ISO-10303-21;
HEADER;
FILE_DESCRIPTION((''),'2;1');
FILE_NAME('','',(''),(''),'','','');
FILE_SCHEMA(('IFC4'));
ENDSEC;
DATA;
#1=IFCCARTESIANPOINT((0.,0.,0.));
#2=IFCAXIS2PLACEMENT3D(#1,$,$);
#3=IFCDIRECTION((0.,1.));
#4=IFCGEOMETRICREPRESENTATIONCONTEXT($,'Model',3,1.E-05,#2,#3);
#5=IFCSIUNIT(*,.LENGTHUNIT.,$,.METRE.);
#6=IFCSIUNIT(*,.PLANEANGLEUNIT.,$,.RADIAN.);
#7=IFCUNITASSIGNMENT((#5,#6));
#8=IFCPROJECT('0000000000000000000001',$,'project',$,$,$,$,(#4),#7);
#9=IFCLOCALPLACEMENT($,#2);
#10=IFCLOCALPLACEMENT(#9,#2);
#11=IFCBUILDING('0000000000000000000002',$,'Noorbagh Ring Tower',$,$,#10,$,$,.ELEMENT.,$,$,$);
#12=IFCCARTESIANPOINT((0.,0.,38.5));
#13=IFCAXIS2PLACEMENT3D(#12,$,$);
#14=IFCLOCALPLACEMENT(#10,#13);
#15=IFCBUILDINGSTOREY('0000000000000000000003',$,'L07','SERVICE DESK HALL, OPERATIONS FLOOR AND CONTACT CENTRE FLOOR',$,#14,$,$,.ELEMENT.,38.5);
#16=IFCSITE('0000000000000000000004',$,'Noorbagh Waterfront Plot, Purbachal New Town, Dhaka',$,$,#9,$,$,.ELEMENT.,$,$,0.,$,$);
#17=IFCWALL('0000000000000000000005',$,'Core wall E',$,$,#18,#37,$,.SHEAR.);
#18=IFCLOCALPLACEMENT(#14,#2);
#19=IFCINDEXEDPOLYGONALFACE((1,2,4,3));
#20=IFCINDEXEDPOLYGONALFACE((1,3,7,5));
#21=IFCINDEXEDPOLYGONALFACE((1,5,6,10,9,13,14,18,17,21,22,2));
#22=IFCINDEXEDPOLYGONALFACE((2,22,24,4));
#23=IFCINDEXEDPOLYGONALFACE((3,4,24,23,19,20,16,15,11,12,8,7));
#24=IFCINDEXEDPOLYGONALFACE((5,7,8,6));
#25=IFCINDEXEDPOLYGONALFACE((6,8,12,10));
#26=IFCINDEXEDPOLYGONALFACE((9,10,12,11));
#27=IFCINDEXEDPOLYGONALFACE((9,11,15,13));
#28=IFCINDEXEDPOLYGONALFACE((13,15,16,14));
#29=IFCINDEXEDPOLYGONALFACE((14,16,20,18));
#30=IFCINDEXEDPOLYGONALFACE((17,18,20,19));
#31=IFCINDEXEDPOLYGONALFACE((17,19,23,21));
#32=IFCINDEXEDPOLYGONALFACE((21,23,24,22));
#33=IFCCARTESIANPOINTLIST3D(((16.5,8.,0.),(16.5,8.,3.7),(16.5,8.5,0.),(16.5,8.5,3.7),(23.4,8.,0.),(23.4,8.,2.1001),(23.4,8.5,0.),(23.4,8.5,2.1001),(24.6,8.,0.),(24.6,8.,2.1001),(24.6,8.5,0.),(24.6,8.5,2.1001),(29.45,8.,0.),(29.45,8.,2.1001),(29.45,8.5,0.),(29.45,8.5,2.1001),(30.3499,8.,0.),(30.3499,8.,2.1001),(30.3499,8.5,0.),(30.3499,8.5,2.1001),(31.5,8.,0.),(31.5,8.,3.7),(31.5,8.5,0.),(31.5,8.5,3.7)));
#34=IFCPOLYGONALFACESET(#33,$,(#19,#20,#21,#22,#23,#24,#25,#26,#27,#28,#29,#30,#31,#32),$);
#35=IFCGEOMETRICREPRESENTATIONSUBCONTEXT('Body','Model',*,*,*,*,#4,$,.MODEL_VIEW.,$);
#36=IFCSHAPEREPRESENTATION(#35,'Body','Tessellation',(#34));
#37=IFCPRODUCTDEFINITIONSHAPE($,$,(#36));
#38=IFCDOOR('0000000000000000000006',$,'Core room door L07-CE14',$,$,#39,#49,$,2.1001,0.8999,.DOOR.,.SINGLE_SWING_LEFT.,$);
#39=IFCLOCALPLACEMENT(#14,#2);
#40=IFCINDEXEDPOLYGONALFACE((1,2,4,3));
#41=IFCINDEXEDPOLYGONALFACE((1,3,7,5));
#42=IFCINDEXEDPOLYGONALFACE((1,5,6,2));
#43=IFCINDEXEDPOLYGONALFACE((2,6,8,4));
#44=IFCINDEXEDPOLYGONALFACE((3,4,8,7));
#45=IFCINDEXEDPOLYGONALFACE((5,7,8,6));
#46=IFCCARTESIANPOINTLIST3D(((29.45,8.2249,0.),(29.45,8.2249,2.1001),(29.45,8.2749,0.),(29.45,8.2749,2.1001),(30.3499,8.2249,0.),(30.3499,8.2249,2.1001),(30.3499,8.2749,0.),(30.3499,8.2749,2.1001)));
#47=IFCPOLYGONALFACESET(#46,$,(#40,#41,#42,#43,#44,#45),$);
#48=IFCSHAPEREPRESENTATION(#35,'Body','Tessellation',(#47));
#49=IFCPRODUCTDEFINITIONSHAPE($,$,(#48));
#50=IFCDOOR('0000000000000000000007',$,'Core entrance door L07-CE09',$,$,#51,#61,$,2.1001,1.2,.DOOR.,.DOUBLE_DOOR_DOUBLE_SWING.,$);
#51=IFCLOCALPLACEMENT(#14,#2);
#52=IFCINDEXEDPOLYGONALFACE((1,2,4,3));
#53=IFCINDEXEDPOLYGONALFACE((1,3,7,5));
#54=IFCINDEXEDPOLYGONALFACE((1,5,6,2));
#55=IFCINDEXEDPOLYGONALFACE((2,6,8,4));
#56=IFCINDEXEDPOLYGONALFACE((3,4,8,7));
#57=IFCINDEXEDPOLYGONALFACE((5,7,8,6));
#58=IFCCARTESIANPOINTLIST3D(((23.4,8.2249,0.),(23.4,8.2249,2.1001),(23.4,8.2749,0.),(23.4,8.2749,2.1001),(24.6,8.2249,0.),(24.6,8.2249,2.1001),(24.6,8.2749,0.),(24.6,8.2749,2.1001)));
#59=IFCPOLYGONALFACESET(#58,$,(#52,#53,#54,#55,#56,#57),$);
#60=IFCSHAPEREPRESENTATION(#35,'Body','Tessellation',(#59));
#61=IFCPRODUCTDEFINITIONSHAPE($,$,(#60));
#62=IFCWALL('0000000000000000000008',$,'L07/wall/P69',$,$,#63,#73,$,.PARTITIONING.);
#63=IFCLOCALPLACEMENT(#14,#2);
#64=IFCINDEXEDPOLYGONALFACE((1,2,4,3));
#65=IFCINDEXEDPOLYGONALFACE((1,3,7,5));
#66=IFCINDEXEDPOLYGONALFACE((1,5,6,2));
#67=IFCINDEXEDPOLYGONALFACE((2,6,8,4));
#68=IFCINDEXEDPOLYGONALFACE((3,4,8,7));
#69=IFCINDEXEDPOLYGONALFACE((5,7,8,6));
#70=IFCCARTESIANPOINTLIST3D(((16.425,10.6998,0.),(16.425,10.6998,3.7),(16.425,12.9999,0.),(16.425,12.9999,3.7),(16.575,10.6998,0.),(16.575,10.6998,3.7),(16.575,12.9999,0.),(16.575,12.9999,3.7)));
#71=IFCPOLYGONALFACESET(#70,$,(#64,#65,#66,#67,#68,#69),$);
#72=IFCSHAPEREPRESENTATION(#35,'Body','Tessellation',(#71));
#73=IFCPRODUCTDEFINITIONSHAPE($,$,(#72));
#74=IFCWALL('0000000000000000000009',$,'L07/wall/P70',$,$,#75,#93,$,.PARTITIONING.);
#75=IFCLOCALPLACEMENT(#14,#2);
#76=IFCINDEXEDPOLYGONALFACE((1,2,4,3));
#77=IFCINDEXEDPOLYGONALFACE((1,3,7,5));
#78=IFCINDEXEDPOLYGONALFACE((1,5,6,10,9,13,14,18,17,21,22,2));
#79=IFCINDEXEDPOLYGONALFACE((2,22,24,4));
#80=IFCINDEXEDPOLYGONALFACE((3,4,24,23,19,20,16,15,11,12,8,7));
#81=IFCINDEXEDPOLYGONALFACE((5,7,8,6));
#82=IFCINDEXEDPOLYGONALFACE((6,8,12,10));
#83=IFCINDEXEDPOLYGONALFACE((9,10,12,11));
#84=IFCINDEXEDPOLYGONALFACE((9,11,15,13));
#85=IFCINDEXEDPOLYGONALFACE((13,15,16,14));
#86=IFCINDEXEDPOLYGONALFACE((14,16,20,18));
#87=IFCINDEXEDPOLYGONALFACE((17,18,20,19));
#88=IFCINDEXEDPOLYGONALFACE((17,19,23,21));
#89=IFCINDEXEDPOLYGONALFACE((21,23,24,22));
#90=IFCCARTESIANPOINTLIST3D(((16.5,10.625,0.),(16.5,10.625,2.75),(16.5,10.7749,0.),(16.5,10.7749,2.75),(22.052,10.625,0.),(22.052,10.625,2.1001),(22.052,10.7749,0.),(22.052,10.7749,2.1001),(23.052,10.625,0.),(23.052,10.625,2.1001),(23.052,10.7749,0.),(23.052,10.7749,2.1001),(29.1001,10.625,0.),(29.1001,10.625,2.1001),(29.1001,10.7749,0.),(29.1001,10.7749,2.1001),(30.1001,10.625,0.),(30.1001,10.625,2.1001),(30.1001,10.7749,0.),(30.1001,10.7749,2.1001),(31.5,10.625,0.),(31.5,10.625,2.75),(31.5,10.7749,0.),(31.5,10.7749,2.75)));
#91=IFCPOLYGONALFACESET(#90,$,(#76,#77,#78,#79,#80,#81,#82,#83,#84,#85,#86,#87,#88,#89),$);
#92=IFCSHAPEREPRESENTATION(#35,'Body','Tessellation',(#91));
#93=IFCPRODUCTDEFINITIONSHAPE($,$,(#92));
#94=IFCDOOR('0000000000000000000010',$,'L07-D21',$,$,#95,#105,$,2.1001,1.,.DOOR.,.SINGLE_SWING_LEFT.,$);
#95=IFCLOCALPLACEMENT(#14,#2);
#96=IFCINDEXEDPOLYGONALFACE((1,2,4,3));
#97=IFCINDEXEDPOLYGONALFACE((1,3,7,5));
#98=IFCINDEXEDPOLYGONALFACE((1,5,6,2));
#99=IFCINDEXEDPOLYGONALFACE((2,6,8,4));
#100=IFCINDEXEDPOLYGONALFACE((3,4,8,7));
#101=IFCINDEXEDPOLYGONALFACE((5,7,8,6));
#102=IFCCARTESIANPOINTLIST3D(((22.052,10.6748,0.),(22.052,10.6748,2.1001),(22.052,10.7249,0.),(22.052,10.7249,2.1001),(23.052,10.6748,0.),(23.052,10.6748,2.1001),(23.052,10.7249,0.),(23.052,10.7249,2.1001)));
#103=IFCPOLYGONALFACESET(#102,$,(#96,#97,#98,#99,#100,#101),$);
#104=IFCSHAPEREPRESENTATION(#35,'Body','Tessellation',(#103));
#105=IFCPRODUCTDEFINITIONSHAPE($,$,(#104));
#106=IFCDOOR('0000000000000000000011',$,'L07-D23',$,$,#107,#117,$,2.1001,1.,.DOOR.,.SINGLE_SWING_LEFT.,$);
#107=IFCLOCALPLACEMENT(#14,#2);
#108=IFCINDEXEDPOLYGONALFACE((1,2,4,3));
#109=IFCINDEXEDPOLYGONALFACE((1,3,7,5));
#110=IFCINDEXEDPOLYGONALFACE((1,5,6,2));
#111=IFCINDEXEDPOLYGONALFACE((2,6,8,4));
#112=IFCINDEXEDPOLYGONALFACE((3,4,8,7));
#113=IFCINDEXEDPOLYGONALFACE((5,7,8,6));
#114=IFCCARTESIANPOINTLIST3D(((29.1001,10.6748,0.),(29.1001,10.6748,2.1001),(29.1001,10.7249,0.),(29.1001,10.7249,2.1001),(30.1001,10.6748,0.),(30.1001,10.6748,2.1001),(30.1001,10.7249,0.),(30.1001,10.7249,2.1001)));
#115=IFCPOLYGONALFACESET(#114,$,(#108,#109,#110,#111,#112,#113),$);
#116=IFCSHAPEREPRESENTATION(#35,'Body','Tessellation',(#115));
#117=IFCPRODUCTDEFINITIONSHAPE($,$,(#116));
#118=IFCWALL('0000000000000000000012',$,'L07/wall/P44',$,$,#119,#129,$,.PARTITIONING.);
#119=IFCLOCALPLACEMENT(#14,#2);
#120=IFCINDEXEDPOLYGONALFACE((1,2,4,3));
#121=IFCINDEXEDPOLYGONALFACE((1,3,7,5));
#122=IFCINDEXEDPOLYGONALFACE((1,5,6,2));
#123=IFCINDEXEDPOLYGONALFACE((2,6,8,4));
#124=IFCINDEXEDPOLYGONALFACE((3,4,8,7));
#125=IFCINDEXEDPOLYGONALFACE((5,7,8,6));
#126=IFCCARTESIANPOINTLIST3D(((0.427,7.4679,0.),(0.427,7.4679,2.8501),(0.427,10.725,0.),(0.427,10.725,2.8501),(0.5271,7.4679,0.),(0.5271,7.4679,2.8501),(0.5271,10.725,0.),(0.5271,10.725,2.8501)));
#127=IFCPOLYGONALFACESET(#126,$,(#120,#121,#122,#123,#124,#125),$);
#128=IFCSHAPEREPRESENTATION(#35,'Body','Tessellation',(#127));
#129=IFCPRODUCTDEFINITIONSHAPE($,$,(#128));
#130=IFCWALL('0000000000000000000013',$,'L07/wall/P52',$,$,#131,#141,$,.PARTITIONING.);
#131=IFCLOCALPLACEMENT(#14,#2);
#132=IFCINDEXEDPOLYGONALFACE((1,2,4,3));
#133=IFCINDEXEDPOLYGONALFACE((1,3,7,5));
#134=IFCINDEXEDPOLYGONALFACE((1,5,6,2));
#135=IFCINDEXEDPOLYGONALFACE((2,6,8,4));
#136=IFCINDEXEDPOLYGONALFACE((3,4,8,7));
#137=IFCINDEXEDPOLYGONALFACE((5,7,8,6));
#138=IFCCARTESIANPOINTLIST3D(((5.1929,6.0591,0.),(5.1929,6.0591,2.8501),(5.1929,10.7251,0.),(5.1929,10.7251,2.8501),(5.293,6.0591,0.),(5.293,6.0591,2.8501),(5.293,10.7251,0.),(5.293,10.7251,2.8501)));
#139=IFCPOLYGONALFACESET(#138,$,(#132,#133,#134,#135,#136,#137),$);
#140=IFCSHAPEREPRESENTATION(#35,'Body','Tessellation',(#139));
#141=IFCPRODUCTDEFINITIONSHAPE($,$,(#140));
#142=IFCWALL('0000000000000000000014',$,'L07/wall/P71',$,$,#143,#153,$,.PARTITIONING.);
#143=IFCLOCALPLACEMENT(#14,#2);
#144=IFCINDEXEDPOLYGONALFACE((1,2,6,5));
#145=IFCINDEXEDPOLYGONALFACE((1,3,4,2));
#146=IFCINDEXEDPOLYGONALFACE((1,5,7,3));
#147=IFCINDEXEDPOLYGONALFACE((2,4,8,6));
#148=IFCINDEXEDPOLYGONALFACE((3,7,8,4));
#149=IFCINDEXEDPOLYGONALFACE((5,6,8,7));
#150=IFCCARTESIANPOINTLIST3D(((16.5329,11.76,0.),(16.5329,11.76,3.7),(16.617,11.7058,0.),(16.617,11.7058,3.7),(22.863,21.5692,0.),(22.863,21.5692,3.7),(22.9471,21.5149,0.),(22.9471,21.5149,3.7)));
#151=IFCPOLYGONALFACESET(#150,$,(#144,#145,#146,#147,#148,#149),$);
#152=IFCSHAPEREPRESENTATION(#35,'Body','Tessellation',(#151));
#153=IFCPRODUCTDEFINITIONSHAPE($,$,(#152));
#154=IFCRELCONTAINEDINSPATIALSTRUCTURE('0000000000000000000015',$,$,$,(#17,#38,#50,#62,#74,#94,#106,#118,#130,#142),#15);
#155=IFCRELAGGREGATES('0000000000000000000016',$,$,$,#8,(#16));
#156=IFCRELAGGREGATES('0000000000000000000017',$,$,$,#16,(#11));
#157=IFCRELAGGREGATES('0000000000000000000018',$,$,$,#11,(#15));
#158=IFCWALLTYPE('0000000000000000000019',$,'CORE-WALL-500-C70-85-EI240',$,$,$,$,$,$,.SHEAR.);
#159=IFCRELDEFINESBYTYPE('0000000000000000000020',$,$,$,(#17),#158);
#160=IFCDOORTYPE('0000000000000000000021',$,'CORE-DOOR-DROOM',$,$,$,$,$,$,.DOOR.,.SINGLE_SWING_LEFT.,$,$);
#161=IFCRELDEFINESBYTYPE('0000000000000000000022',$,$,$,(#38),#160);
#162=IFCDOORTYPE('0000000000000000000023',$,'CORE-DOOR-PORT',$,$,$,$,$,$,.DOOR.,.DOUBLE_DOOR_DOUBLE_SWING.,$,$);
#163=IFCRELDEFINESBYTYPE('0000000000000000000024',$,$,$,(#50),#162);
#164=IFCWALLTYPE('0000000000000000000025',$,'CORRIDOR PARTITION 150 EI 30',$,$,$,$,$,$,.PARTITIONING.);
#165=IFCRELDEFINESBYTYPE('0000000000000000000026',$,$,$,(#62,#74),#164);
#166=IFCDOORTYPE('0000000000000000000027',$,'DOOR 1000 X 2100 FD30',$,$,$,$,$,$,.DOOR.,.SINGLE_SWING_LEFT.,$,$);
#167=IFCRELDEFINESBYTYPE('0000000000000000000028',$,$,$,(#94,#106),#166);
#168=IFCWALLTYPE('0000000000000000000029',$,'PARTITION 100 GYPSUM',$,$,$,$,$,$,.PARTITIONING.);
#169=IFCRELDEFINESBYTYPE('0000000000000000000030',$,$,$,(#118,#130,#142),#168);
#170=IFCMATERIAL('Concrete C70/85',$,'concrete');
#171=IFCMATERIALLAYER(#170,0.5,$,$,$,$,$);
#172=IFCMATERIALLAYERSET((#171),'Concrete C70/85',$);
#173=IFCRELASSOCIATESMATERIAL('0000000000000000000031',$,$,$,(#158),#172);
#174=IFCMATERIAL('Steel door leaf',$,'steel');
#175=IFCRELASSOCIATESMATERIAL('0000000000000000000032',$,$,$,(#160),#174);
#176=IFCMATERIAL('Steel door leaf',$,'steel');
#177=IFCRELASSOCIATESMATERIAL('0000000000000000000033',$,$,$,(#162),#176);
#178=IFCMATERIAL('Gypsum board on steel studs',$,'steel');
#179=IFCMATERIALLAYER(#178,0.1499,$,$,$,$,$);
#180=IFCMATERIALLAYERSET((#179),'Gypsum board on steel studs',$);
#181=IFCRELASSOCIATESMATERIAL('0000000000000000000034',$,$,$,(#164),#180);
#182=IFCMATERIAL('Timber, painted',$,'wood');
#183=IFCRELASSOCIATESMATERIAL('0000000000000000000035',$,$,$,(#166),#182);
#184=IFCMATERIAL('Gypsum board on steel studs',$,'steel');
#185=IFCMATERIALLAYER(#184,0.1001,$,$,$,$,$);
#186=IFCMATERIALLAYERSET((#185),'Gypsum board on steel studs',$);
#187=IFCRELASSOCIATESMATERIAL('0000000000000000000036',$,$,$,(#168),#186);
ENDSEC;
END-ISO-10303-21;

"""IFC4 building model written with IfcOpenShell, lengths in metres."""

from ifc_helpers import new_model, si_unit, direction, frame, frame_2d, origin, place, context, subcontext, project, spatial, rectangle, extrude, material, layer, layer_set, type_object, element, fill, save


model = new_model("IFC4")

# Units and contexts
model_context = context("Model", 3, precision=1e-05, world=origin(), true_north=direction((0.0, 1.0)))
body_context = subcontext(model_context, "Body", "Model", "MODEL_VIEW")
ifc_project = project(units=[si_unit("LENGTHUNIT", "METRE"), si_unit("PLANEANGLEUNIT", "RADIAN")], contexts=[model_context])

# Site, building, storey
site_placement = place(None, origin())
site = spatial("IfcSite", under=ifc_project, at=site_placement, Name="Noorbagh Waterfront Plot, Purbachal New Town, Dhaka", CompositionType="ELEMENT", RefElevation=0.0)
building_placement = place(site_placement, origin())
building = spatial("IfcBuilding", under=site, at=building_placement, Name="Noorbagh Ring Tower", CompositionType="ELEMENT")
storey_placement = place(building_placement, frame((0.0, 0.0, 38.5)))
storey = spatial("IfcBuildingStorey", under=building, at=storey_placement, Name="L07", Description="SERVICE DESK HALL, OPERATIONS FLOOR AND CONTACT CENTRE FLOOR", CompositionType="ELEMENT", Elevation=38.5)

# Wall, openings, doors
ifc_material_1 = material(Name="Concrete C70/85", Category="concrete")
ifc_layer_1 = layer(ifc_material_1, 0.5)
ifc_layer_set_1 = layer_set([ifc_layer_1], Name="Concrete C70/85")
wall_type_1 = type_object("IfcWallType", Name="CORE-WALL-500-C70-85-EI240", PredefinedType="SHEAR", material=ifc_layer_set_1)
wall_1_placement = place(storey_placement, frame((16.5, 8.25, 0.0), z_axis=(0.0, 0.0, 1.0), x_axis=(1.0, 0.0, 0.0)))
wall_1 = element("IfcWall", 1, at=wall_1_placement, inside=storey, type_object=wall_type_1, Name="Core wall E", PredefinedType="SHEAR", context=body_context, shape_type="SweptSolid", body=[
    extrude(rectangle(XDim=15.0, YDim=0.5, at=frame_2d((7.5, 0.0))), origin(), (0.0, 0.0, 1.0), 3.7),
])
opening_1_placement = place(wall_1_placement, frame((6.8999, 0.0, 0.0)))
opening_1 = element("IfcOpeningElement", 2, at=opening_1_placement, cuts=wall_1, PredefinedType="OPENING", context=body_context, shape_type="SweptSolid", body=[
    extrude(rectangle(XDim=1.2, YDim=2.1001, at=frame_2d((0.6001, 1.05))), frame((0.0, 0.26, 0.0), z_axis=(0.0, -1.0, 0.0), x_axis=(1.0, 0.0, 0.0)), (0.0, 0.0, 1.0), 0.52),
])
opening_2_placement = place(wall_1_placement, frame((12.95, 0.0, 0.0)))
opening_2 = element("IfcOpeningElement", 3, at=opening_2_placement, cuts=wall_1, PredefinedType="OPENING", context=body_context, shape_type="SweptSolid", body=[
    extrude(rectangle(XDim=0.8999, YDim=2.1001, at=frame_2d((0.45, 1.05))), frame((0.0, 0.26, 0.0), z_axis=(0.0, -1.0, 0.0), x_axis=(1.0, 0.0, 0.0)), (0.0, 0.0, 1.0), 0.52),
])
ifc_material_2 = material(Name="Steel door leaf", Category="steel")
door_type_1 = type_object("IfcDoorType", Name="CORE-DOOR-DROOM", OperationType="SINGLE_SWING_LEFT", PredefinedType="DOOR", material=ifc_material_2)
door_1_placement = place(opening_2_placement, origin())
door_1 = element("IfcDoor", 4, at=door_1_placement, inside=storey, type_object=door_type_1, Name="Core room door L07-CE14", OperationType="SINGLE_SWING_LEFT", OverallHeight=2.1001, OverallWidth=0.8999, PredefinedType="DOOR", context=body_context, shape_type="SweptSolid", body=[
    extrude(rectangle(XDim=0.8999, YDim=2.1001, at=frame_2d((0.45, 1.05))), frame((0.0, 0.0249, 0.0), z_axis=(0.0, -1.0, 0.0), x_axis=(1.0, 0.0, 0.0)), (0.0, 0.0, 1.0), 0.05),
])
fill(opening_2, door_1)
ifc_material_3 = material(Name="Steel door leaf", Category="steel")
door_type_2 = type_object("IfcDoorType", Name="CORE-DOOR-PORT", OperationType="DOUBLE_DOOR_DOUBLE_SWING", PredefinedType="DOOR", material=ifc_material_3)
door_2_placement = place(opening_1_placement, origin())
door_2 = element("IfcDoor", 5, at=door_2_placement, inside=storey, type_object=door_type_2, Name="Core entrance door L07-CE09", OperationType="DOUBLE_DOOR_DOUBLE_SWING", OverallHeight=2.1001, OverallWidth=1.2, PredefinedType="DOOR", context=body_context, shape_type="SweptSolid", body=[
    extrude(rectangle(XDim=1.2, YDim=2.1001, at=frame_2d((0.6001, 1.05))), frame((0.0, 0.0249, 0.0), z_axis=(0.0, -1.0, 0.0), x_axis=(1.0, 0.0, 0.0)), (0.0, 0.0, 1.0), 0.05),
])
fill(opening_1, door_2)

# Wall
ifc_material_4 = material(Name="Gypsum board on steel studs", Category="steel")
ifc_layer_2 = layer(ifc_material_4, 0.1499)
ifc_layer_set_2 = layer_set([ifc_layer_2], Name="Gypsum board on steel studs")
wall_type_2 = type_object("IfcWallType", Name="CORRIDOR PARTITION 150 EI 30", PredefinedType="PARTITIONING", material=ifc_layer_set_2)
wall_2_placement = place(storey_placement, frame((16.5, 10.7, 0.0), z_axis=(0.0, 0.0, 1.0), x_axis=(0.0, 1.0, 0.0)))
element("IfcWall", 6, at=wall_2_placement, inside=storey, type_object=wall_type_2, Name="L07/wall/P69", PredefinedType="PARTITIONING", context=body_context, shape_type="SweptSolid", body=[
    extrude(rectangle(XDim=2.3, YDim=0.1499, at=frame_2d((1.1499, 0.0))), origin(), (0.0, 0.0, 1.0), 3.7),
])

# Wall, openings, doors
wall_3_placement = place(storey_placement, frame((16.5, 10.7, 0.0), z_axis=(0.0, 0.0, 1.0), x_axis=(1.0, 0.0, 0.0)))
wall_3 = element("IfcWall", 7, at=wall_3_placement, inside=storey, type_object=wall_type_2, Name="L07/wall/P70", PredefinedType="PARTITIONING", context=body_context, shape_type="SweptSolid", body=[
    extrude(rectangle(XDim=15.0, YDim=0.1499, at=frame_2d((7.5, 0.0))), origin(), (0.0, 0.0, 1.0), 2.75),
])
opening_3_placement = place(wall_3_placement, frame((5.552, 0.0, 0.0)))
opening_3 = element("IfcOpeningElement", 8, at=opening_3_placement, cuts=wall_3, PredefinedType="OPENING", context=body_context, shape_type="SweptSolid", body=[
    extrude(rectangle(XDim=1.0, YDim=2.1001, at=frame_2d((0.5, 1.05))), frame((0.0, 0.085, 0.0), z_axis=(0.0, -1.0, 0.0), x_axis=(1.0, 0.0, 0.0)), (0.0, 0.0, 1.0), 0.1699),
])
opening_4_placement = place(wall_3_placement, frame((12.6001, 0.0, 0.0)))
opening_4 = element("IfcOpeningElement", 9, at=opening_4_placement, cuts=wall_3, PredefinedType="OPENING", context=body_context, shape_type="SweptSolid", body=[
    extrude(rectangle(XDim=1.0, YDim=2.1001, at=frame_2d((0.5, 1.05))), frame((0.0, 0.085, 0.0), z_axis=(0.0, -1.0, 0.0), x_axis=(1.0, 0.0, 0.0)), (0.0, 0.0, 1.0), 0.1699),
])
ifc_material_5 = material(Name="Timber, painted", Category="wood")
door_type_3 = type_object("IfcDoorType", Name="DOOR 1000 X 2100 FD30", OperationType="SINGLE_SWING_LEFT", PredefinedType="DOOR", material=ifc_material_5)
door_3_placement = place(opening_3_placement, origin())
door_3 = element("IfcDoor", 10, at=door_3_placement, inside=storey, type_object=door_type_3, Name="L07-D21", OperationType="SINGLE_SWING_LEFT", OverallHeight=2.1001, OverallWidth=1.0, PredefinedType="DOOR", context=body_context, shape_type="SweptSolid", body=[
    extrude(rectangle(XDim=1.0, YDim=2.1001, at=frame_2d((0.5, 1.05))), frame((0.0, 0.0249, 0.0), z_axis=(0.0, -1.0, 0.0), x_axis=(1.0, 0.0, 0.0)), (0.0, 0.0, 1.0), 0.05),
])
fill(opening_3, door_3)
door_4_placement = place(opening_4_placement, origin())
door_4 = element("IfcDoor", 11, at=door_4_placement, inside=storey, type_object=door_type_3, Name="L07-D23", OperationType="SINGLE_SWING_LEFT", OverallHeight=2.1001, OverallWidth=1.0, PredefinedType="DOOR", context=body_context, shape_type="SweptSolid", body=[
    extrude(rectangle(XDim=1.0, YDim=2.1001, at=frame_2d((0.5, 1.05))), frame((0.0, 0.0249, 0.0), z_axis=(0.0, -1.0, 0.0), x_axis=(1.0, 0.0, 0.0)), (0.0, 0.0, 1.0), 0.05),
])
fill(opening_4, door_4)

# Walls
ifc_material_6 = material(Name="Gypsum board on steel studs", Category="steel")
ifc_layer_3 = layer(ifc_material_6, 0.1001)
ifc_layer_set_3 = layer_set([ifc_layer_3], Name="Gypsum board on steel studs")
wall_type_3 = type_object("IfcWallType", Name="PARTITION 100 GYPSUM", PredefinedType="PARTITIONING", material=ifc_layer_set_3)
wall_4_placement = place(storey_placement, frame((0.4771, 7.468, 0.0), z_axis=(0.0, 0.0, 1.0), x_axis=(0.0, 1.0, 0.0)))
element("IfcWall", 12, at=wall_4_placement, inside=storey, type_object=wall_type_3, Name="L07/wall/P44", PredefinedType="PARTITIONING", context=body_context, shape_type="SweptSolid", body=[
    extrude(rectangle(XDim=3.2571, YDim=0.1001, at=frame_2d((1.6284, 0.0))), origin(), (0.0, 0.0, 1.0), 2.8501),
])
wall_5_placement = place(storey_placement, frame((5.2429, 6.0591, 0.0), z_axis=(0.0, 0.0, 1.0), x_axis=(0.0, 1.0, 0.0)))
element("IfcWall", 13, at=wall_5_placement, inside=storey, type_object=wall_type_3, Name="L07/wall/P52", PredefinedType="PARTITIONING", context=body_context, shape_type="SweptSolid", body=[
    extrude(rectangle(XDim=4.666, YDim=0.1001, at=frame_2d((2.333, 0.0))), origin(), (0.0, 0.0, 1.0), 2.8501),
])
wall_6_placement = place(storey_placement, frame((16.575, 11.7329, 0.0), z_axis=(0.0, 0.0, 1.0), x_axis=(0.542226, 0.840233, 0.0)))
element("IfcWall", 14, at=wall_6_placement, inside=storey, type_object=wall_type_3, Name="L07/wall/P71", PredefinedType="PARTITIONING", context=body_context, shape_type="SweptSolid", body=[
    extrude(rectangle(XDim=11.6743, YDim=0.1001, at=frame_2d((5.8372, 0.0))), origin(), (0.0, 0.0, 1.0), 3.7),
])

save(model, "model.ifc")
